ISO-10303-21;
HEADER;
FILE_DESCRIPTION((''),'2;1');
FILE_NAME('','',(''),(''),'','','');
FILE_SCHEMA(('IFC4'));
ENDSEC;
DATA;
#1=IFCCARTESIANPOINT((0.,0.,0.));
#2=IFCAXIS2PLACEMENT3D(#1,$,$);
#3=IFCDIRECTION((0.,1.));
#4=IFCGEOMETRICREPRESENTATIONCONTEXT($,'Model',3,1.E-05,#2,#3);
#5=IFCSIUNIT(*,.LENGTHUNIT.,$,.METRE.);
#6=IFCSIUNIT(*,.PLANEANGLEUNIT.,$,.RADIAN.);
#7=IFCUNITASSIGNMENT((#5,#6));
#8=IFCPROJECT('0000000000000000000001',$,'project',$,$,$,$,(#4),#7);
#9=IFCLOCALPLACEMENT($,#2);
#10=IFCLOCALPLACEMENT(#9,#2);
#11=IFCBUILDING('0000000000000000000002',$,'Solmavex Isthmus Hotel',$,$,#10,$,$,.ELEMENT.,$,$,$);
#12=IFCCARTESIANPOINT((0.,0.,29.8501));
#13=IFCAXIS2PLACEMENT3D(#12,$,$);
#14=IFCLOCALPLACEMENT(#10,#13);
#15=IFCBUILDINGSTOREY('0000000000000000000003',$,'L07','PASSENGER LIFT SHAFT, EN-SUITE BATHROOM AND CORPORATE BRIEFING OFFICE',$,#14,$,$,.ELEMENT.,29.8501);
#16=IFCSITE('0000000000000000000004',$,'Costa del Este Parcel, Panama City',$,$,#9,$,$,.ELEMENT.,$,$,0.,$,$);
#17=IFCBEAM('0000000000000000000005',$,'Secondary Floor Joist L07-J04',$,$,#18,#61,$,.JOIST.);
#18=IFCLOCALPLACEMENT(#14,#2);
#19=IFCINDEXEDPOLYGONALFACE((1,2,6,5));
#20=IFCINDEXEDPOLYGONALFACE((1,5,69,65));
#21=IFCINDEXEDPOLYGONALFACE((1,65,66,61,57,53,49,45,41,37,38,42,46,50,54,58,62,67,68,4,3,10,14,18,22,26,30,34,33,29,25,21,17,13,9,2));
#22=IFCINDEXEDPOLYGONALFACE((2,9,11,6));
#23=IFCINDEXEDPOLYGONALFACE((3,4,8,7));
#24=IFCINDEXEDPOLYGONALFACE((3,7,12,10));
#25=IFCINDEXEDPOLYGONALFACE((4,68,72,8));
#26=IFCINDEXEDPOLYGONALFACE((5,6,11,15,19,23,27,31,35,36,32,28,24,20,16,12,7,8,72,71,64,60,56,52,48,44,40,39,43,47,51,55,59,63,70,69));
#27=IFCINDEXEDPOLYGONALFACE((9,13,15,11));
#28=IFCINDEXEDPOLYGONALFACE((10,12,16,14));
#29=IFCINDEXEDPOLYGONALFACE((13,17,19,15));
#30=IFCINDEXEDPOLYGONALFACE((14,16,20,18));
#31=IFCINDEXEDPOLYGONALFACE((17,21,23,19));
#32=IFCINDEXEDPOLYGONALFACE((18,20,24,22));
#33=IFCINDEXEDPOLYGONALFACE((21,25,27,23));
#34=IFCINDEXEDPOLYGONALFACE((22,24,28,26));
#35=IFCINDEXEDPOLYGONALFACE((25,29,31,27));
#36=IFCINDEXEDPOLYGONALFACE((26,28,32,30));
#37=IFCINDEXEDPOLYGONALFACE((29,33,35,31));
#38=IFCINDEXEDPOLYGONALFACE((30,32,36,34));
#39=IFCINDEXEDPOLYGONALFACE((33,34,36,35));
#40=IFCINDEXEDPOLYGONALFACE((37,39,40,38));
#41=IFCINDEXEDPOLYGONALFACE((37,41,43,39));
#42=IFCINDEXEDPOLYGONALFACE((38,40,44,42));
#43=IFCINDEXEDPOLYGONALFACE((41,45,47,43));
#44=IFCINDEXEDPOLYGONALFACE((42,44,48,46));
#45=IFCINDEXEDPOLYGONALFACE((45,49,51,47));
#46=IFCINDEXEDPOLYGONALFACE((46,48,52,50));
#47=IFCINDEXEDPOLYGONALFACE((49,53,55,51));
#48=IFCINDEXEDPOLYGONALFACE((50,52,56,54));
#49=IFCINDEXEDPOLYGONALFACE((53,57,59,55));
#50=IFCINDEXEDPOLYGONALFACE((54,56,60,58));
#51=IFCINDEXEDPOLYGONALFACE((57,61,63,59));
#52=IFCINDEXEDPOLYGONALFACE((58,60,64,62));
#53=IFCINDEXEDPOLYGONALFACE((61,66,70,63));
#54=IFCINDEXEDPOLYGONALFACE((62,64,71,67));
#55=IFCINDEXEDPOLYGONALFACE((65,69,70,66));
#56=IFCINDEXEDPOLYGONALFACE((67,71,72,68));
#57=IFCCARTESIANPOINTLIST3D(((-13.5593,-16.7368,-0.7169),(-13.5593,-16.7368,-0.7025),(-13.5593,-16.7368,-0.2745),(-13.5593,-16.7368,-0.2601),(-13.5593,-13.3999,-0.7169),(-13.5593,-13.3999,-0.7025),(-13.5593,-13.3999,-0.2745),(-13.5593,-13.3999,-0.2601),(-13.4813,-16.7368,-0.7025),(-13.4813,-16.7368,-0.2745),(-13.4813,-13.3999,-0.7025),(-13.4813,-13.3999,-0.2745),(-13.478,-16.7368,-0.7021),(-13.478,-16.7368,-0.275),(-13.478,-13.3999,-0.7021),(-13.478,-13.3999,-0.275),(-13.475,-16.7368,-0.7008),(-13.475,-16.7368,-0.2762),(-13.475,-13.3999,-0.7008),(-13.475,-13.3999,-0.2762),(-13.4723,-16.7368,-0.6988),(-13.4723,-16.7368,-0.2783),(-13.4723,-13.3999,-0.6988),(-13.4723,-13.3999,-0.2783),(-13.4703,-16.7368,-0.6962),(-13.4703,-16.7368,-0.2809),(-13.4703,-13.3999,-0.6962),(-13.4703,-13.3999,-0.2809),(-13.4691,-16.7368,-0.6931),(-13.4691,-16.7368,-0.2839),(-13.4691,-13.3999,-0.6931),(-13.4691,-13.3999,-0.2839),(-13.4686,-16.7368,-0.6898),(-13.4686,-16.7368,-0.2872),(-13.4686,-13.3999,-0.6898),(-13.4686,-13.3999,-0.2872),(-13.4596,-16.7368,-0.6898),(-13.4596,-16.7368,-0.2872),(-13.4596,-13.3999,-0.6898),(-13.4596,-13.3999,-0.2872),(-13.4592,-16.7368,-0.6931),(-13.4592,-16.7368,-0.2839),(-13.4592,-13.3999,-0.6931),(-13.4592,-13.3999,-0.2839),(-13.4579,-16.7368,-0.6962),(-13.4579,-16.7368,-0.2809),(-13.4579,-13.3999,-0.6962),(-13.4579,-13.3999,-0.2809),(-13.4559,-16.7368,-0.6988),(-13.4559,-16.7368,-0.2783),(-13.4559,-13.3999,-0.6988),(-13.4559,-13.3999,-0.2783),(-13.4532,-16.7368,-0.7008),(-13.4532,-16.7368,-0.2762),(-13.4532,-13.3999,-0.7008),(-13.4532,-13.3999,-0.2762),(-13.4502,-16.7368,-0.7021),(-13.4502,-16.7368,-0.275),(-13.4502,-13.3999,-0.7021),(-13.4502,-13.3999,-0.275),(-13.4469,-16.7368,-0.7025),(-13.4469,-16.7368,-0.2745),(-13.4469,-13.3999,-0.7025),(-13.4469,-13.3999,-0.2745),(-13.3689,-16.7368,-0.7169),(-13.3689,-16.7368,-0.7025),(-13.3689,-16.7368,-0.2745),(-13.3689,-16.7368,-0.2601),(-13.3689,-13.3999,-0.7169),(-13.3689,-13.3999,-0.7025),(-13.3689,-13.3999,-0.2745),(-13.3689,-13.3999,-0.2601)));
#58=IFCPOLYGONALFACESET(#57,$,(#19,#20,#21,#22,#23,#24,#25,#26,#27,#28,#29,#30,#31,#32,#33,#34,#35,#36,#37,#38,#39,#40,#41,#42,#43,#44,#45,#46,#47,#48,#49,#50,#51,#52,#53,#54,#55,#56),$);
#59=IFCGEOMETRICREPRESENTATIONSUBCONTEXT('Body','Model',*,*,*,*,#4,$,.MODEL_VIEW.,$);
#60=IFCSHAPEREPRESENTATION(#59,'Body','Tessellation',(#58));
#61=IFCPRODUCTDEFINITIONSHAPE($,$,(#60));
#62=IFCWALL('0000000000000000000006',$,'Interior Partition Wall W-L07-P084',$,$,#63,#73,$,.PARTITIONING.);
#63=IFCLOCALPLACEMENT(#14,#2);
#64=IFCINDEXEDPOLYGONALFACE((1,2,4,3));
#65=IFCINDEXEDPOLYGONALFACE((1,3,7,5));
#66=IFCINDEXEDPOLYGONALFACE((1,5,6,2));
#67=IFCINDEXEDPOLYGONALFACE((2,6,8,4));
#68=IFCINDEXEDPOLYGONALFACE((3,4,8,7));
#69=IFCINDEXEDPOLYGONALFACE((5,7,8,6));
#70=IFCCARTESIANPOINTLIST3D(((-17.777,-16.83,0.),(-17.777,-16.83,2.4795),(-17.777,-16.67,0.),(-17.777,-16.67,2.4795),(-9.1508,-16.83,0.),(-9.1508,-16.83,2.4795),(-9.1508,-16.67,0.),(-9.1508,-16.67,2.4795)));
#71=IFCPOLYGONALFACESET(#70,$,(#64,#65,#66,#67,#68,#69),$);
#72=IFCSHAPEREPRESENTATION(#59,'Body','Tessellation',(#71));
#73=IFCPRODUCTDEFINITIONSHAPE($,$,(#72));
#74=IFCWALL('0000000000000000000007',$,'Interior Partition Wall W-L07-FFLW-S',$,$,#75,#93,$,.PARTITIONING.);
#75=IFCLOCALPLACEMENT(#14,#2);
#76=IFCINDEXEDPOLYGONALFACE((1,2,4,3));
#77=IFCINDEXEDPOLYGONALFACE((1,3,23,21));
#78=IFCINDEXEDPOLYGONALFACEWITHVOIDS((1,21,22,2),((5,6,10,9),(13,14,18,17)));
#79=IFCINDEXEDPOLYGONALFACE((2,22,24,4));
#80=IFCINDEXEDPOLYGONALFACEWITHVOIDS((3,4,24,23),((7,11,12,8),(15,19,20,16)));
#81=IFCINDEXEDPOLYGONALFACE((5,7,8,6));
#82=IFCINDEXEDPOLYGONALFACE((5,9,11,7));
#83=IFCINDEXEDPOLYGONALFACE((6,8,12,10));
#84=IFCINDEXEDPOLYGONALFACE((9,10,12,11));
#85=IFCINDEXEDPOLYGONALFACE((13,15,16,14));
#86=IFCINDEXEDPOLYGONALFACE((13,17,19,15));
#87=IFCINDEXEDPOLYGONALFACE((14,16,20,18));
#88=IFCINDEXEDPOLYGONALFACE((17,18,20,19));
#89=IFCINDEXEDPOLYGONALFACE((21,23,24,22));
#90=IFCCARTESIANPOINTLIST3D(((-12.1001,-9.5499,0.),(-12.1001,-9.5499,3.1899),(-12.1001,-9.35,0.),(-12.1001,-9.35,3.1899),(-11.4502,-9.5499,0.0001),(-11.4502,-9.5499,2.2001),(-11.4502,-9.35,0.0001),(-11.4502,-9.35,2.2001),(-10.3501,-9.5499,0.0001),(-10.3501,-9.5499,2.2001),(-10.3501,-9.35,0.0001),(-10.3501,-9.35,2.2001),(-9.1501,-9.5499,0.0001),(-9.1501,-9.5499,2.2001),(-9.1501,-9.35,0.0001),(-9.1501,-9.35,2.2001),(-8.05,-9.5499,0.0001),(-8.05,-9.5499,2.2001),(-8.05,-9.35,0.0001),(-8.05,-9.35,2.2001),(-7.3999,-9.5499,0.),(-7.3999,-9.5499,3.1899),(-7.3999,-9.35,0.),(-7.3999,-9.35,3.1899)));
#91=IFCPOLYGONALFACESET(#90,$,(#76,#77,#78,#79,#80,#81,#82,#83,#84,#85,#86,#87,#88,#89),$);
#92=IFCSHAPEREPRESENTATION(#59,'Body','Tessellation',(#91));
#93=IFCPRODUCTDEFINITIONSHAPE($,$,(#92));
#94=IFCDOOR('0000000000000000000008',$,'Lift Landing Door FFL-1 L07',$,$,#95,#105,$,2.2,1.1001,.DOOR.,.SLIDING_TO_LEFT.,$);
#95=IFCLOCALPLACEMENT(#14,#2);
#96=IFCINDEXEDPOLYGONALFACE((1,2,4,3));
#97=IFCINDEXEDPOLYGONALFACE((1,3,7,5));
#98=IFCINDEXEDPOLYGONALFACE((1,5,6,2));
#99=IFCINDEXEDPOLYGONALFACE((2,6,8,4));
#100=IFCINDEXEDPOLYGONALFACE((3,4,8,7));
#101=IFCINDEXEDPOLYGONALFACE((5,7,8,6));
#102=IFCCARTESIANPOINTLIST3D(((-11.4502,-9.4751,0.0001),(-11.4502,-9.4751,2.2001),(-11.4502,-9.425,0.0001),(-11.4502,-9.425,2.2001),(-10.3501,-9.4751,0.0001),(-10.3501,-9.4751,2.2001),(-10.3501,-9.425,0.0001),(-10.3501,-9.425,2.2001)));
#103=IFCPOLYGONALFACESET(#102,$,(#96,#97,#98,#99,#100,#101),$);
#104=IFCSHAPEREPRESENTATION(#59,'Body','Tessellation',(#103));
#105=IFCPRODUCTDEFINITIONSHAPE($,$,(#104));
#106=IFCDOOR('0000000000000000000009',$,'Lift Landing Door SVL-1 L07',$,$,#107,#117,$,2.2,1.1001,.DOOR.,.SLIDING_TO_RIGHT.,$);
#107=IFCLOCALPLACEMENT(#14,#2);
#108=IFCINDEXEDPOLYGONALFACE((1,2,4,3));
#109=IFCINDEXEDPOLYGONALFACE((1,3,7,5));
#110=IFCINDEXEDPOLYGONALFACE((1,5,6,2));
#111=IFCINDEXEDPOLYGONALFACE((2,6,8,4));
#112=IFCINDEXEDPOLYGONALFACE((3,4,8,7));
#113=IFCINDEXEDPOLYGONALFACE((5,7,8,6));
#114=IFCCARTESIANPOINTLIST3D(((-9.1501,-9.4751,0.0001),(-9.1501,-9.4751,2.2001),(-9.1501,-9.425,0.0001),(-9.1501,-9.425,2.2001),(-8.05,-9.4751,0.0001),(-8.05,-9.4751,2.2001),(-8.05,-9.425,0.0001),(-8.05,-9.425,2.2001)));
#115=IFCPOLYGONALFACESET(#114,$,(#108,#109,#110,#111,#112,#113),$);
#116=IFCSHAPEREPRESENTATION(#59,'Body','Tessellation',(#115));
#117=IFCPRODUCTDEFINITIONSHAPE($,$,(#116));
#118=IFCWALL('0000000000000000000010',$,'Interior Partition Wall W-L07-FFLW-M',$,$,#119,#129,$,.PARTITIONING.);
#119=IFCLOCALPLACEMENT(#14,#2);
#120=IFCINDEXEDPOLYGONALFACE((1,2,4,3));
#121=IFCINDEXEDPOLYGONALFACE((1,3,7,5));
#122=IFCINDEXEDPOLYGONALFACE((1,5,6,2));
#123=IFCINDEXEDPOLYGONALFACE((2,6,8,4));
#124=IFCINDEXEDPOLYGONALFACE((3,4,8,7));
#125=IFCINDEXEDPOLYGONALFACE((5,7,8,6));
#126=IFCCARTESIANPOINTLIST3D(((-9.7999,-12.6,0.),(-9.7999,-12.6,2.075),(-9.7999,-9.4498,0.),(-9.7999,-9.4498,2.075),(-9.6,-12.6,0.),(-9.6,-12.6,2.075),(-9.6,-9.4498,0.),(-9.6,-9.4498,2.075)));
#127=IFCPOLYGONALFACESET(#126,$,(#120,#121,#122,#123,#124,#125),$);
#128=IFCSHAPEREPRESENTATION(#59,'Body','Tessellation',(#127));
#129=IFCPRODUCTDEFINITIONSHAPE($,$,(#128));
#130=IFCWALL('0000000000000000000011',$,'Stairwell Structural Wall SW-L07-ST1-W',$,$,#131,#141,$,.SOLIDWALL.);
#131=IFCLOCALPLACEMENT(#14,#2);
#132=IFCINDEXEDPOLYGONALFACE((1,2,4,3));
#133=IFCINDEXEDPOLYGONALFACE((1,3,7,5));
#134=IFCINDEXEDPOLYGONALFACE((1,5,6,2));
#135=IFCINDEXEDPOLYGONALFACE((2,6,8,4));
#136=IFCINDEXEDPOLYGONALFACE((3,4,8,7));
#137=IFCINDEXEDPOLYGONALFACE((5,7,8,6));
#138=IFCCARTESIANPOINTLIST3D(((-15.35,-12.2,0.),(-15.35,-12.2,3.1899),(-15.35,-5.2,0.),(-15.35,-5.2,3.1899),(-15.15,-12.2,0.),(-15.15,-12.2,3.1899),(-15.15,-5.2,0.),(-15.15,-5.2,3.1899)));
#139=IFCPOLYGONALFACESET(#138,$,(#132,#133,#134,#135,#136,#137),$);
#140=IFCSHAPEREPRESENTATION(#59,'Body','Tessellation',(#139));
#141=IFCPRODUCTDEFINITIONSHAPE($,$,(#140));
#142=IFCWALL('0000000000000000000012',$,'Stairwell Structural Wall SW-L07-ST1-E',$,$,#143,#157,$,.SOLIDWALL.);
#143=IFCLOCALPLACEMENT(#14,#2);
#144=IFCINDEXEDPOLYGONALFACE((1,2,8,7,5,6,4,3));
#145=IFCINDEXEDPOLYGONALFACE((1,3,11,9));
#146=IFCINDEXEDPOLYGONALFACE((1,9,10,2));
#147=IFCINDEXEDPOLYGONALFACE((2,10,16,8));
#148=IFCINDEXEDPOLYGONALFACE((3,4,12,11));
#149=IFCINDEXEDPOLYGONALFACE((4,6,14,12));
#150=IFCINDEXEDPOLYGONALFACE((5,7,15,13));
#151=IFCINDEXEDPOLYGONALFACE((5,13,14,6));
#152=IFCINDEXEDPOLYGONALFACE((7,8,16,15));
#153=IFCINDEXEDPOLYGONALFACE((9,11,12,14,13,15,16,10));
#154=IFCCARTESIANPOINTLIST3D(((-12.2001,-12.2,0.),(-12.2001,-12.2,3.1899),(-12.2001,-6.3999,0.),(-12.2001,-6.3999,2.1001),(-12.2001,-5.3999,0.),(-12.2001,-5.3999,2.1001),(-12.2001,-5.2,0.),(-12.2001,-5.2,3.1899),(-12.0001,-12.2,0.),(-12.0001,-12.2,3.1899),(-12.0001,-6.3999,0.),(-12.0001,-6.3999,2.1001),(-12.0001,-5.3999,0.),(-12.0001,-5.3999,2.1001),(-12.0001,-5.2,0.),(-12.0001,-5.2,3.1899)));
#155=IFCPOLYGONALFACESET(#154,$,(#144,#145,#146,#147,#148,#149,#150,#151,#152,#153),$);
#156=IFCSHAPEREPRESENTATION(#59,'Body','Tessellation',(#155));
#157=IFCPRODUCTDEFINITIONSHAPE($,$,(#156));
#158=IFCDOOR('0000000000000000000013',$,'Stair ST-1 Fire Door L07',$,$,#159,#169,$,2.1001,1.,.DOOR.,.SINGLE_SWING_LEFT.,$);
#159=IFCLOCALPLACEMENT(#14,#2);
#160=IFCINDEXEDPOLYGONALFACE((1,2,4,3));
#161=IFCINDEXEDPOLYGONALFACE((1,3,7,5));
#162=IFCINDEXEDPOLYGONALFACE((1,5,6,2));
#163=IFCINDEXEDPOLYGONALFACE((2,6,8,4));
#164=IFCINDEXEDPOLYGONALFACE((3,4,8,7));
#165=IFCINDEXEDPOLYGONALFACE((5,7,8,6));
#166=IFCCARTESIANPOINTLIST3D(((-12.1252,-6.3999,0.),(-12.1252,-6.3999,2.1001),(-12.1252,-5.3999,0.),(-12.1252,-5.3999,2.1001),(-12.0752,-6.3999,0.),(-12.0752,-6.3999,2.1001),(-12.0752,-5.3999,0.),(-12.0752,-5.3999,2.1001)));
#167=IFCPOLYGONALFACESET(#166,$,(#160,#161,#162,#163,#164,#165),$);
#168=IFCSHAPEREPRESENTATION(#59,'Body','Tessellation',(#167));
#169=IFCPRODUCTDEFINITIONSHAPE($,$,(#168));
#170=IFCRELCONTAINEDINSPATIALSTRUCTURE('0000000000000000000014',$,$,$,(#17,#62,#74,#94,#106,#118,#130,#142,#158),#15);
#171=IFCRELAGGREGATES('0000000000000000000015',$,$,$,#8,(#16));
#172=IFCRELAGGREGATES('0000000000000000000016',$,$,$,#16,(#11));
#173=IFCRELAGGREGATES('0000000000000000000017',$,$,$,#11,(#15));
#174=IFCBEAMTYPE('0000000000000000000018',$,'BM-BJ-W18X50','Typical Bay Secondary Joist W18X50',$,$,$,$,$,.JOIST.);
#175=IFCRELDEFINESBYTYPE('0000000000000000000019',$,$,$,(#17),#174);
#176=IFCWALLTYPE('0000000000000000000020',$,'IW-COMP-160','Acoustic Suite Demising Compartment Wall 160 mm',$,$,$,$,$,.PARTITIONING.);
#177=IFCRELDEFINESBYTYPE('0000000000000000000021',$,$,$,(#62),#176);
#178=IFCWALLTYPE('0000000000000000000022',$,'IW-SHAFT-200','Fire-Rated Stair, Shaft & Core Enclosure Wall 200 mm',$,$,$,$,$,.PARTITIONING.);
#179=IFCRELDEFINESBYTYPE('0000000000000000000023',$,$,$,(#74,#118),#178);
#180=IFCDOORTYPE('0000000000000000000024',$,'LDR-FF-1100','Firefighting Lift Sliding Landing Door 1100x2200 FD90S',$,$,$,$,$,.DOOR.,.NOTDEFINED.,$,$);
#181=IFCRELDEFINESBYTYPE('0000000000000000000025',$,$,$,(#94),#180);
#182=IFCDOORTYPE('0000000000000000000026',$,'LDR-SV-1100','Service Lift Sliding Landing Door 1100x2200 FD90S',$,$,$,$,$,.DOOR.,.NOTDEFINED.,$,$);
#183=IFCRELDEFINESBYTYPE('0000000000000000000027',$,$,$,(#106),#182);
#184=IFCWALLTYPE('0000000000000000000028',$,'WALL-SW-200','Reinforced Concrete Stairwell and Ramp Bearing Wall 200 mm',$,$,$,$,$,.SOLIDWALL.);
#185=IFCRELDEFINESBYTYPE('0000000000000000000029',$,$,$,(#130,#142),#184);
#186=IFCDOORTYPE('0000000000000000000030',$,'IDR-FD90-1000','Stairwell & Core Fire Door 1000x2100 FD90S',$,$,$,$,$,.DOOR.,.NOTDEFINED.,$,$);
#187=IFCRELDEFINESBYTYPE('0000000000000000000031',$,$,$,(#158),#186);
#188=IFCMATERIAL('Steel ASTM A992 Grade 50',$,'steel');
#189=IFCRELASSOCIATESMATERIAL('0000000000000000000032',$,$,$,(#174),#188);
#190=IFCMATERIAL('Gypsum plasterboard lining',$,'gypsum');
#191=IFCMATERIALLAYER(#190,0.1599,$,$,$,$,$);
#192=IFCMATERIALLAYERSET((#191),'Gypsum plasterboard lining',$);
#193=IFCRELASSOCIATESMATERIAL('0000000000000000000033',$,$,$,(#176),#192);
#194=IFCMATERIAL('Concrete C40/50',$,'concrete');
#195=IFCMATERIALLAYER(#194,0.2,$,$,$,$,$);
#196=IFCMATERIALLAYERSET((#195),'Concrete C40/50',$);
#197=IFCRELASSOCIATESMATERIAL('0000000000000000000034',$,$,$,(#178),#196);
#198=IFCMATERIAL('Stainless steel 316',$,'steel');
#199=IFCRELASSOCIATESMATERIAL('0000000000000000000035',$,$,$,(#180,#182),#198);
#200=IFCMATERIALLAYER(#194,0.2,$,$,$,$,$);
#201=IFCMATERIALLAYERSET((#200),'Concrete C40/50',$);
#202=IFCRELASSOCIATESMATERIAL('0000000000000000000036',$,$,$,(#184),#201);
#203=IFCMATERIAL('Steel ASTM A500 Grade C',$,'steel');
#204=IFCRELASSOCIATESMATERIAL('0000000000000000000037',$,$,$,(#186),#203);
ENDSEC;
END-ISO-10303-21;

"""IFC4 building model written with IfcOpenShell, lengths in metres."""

from ifc_helpers import new_model, si_unit, direction, frame, frame_2d, origin, origin_2d, place, context, subcontext, project, spatial, rectangle, i_section, extrude, material, layer, layer_set, material_profile, profile_set, type_object, element, fill, save


model = new_model("IFC4")

# Units and contexts
model_context = context("Model", 3, precision=1e-05, world=origin(), true_north=direction((0.0, 1.0)))
body_context = subcontext(model_context, "Body", "Model", "MODEL_VIEW")
ifc_project = project(units=[si_unit("LENGTHUNIT", "METRE"), si_unit("PLANEANGLEUNIT", "RADIAN")], contexts=[model_context])

# Site, building, storey
site_placement = place(None, origin())
site = spatial("IfcSite", under=ifc_project, at=site_placement, Name="Costa del Este Parcel, Panama City", CompositionType="ELEMENT", RefElevation=0.0)
building_placement = place(site_placement, origin())
building = spatial("IfcBuilding", under=site, at=building_placement, Name="Solmavex Isthmus Hotel", CompositionType="ELEMENT")
storey_placement = place(building_placement, frame((0.0, 0.0, 29.8501)))
storey = spatial("IfcBuildingStorey", under=building, at=storey_placement, Name="L07", Description="PASSENGER LIFT SHAFT, EN-SUITE BATHROOM AND CORPORATE BRIEFING OFFICE", CompositionType="ELEMENT", Elevation=29.8501)

# Beam
ifc_material_1 = material(Name="Steel ASTM A992 Grade 50", Category="steel")
ifc_material_profile = material_profile(ifc_material_1, i_section(OverallWidth=0.1904, OverallDepth=0.4568, WebThickness=0.009, FlangeThickness=0.0144, FilletRadius=0.0127, at=origin_2d()), Name="W18X50")
ifc_profile_set = profile_set([ifc_material_profile], Name="Steel ASTM A992 Grade 50")
beam_type = type_object("IfcBeamType", Name="BM-BJ-W18X50", Description="Typical Bay Secondary Joist W18X50", PredefinedType="JOIST", material=ifc_profile_set)
beam_placement = place(storey_placement, frame((-13.4641, -16.7368, -0.4885), z_axis=(0.0, 1.0, 0.0), x_axis=(-1.0, 0.0, 0.0)))
element("IfcBeam", 1, at=beam_placement, inside=storey, type_object=beam_type, Name="Secondary Floor Joist L07-J04", PredefinedType="JOIST", context=body_context, shape_type="SweptSolid", body=[
    extrude(i_section(OverallWidth=0.1904, OverallDepth=0.4568, WebThickness=0.009, FlangeThickness=0.0144, FilletRadius=0.0127, at=origin_2d()), origin(), (0.0, 0.0, 1.0), 3.3369),
])

# Wall
ifc_material_2 = material(Name="Gypsum plasterboard lining", Category="gypsum")
ifc_layer_1 = layer(ifc_material_2, 0.1599)
ifc_layer_set_1 = layer_set([ifc_layer_1], Name="Gypsum plasterboard lining")
wall_type_1 = type_object("IfcWallType", Name="IW-COMP-160", Description="Acoustic Suite Demising Compartment Wall 160 mm", PredefinedType="PARTITIONING", material=ifc_layer_set_1)
wall_1_placement = place(storey_placement, frame((-9.1509, -16.75, 0.0), z_axis=(0.0, 0.0, 1.0), x_axis=(-1.0, 0.0, 0.0)))
element("IfcWall", 2, at=wall_1_placement, inside=storey, type_object=wall_type_1, Name="Interior Partition Wall W-L07-P084", PredefinedType="PARTITIONING", context=body_context, shape_type="SweptSolid", body=[
    extrude(rectangle(XDim=8.6262, YDim=0.1599, at=frame_2d((4.313, 0.0))), origin(), (0.0, 0.0, 1.0), 2.4795),
])

# Wall, openings, doors
ifc_material_3 = material(Name="Concrete C40/50", Category="concrete")
ifc_layer_2 = layer(ifc_material_3, 0.2)
ifc_layer_set_2 = layer_set([ifc_layer_2], Name="Concrete C40/50")
wall_type_2 = type_object("IfcWallType", Name="IW-SHAFT-200", Description="Fire-Rated Stair, Shaft & Core Enclosure Wall 200 mm", PredefinedType="PARTITIONING", material=ifc_layer_set_2)
wall_2_placement = place(storey_placement, frame((-12.1001, -9.45, 0.0), z_axis=(0.0, 0.0, 1.0), x_axis=(1.0, 0.0, 0.0)))
wall_2 = element("IfcWall", 3, at=wall_2_placement, inside=storey, type_object=wall_type_2, Name="Interior Partition Wall W-L07-FFLW-S", PredefinedType="PARTITIONING", context=body_context, shape_type="SweptSolid", body=[
    extrude(rectangle(XDim=4.7002, YDim=0.2, at=frame_2d((2.3501, 0.0))), origin(), (0.0, 0.0, 1.0), 3.1899),
])
opening_1_placement = place(wall_2_placement, frame((0.6499, 0.0, 0.0)))
opening_1 = element("IfcOpeningElement", 4, at=opening_1_placement, cuts=wall_2, PredefinedType="OPENING", context=body_context, shape_type="SweptSolid", body=[
    extrude(rectangle(XDim=1.1001, YDim=2.2, at=frame_2d((0.55, 1.1001))), frame((0.0, 0.1099, 0.0), z_axis=(0.0, -1.0, 0.0), x_axis=(1.0, 0.0, 0.0)), (0.0, 0.0, 1.0), 0.22),
])
opening_2_placement = place(wall_2_placement, frame((2.95, 0.0, 0.0)))
opening_2 = element("IfcOpeningElement", 5, at=opening_2_placement, cuts=wall_2, PredefinedType="OPENING", context=body_context, shape_type="SweptSolid", body=[
    extrude(rectangle(XDim=1.1001, YDim=2.2, at=frame_2d((0.55, 1.1001))), frame((0.0, 0.1099, 0.0), z_axis=(0.0, -1.0, 0.0), x_axis=(1.0, 0.0, 0.0)), (0.0, 0.0, 1.0), 0.22),
])
ifc_material_4 = material(Name="Stainless steel 316", Category="steel")
door_type_1 = type_object("IfcDoorType", Name="LDR-FF-1100", Description="Firefighting Lift Sliding Landing Door 1100x2200 FD90S", OperationType="NOTDEFINED", PredefinedType="DOOR", material=ifc_material_4)
door_1_placement = place(opening_1_placement, origin())
door_1 = element("IfcDoor", 6, at=door_1_placement, inside=storey, type_object=door_type_1, Name="Lift Landing Door FFL-1 L07", OperationType="SLIDING_TO_LEFT", OverallHeight=2.2, OverallWidth=1.1001, PredefinedType="DOOR", context=body_context, shape_type="SweptSolid", body=[
    extrude(rectangle(XDim=1.1001, YDim=2.2, at=frame_2d((0.55, 1.1001))), frame((0.0, 0.0249, 0.0), z_axis=(0.0, -1.0, 0.0), x_axis=(1.0, 0.0, 0.0)), (0.0, 0.0, 1.0), 0.05),
])
fill(opening_1, door_1)
door_type_2 = type_object("IfcDoorType", Name="LDR-SV-1100", Description="Service Lift Sliding Landing Door 1100x2200 FD90S", OperationType="NOTDEFINED", PredefinedType="DOOR", material=ifc_material_4)
door_2_placement = place(opening_2_placement, origin())
door_2 = element("IfcDoor", 7, at=door_2_placement, inside=storey, type_object=door_type_2, Name="Lift Landing Door SVL-1 L07", OperationType="SLIDING_TO_RIGHT", OverallHeight=2.2, OverallWidth=1.1001, PredefinedType="DOOR", context=body_context, shape_type="SweptSolid", body=[
    extrude(rectangle(XDim=1.1001, YDim=2.2, at=frame_2d((0.55, 1.1001))), frame((0.0, 0.0249, 0.0), z_axis=(0.0, -1.0, 0.0), x_axis=(1.0, 0.0, 0.0)), (0.0, 0.0, 1.0), 0.05),
])
fill(opening_2, door_2)

# Walls
wall_3_placement = place(storey_placement, frame((-9.7, -12.6001, 0.0), z_axis=(0.0, 0.0, 1.0), x_axis=(0.0, 1.0, 0.0)))
element("IfcWall", 8, at=wall_3_placement, inside=storey, type_object=wall_type_2, Name="Interior Partition Wall W-L07-FFLW-M", PredefinedType="PARTITIONING", context=body_context, shape_type="SweptSolid", body=[
    extrude(rectangle(XDim=3.1501, YDim=0.2, at=frame_2d((1.5752, 0.0))), origin(), (0.0, 0.0, 1.0), 2.075),
])
ifc_layer_3 = layer(ifc_material_3, 0.2)
ifc_layer_set_3 = layer_set([ifc_layer_3], Name="Concrete C40/50")
wall_type_3 = type_object("IfcWallType", Name="WALL-SW-200", Description="Reinforced Concrete Stairwell and Ramp Bearing Wall 200 mm", PredefinedType="SOLIDWALL", material=ifc_layer_set_3)
wall_4_placement = place(storey_placement, frame((-15.25, -12.2, 0.0), z_axis=(0.0, 0.0, 1.0), x_axis=(0.0, 1.0, 0.0)))
element("IfcWall", 9, at=wall_4_placement, inside=storey, type_object=wall_type_3, Name="Stairwell Structural Wall SW-L07-ST1-W", PredefinedType="SOLIDWALL", context=body_context, shape_type="SweptSolid", body=[
    extrude(rectangle(XDim=7.0, YDim=0.2, at=frame_2d((3.5, 0.0))), origin(), (0.0, 0.0, 1.0), 3.1899),
])

# Wall, opening, door
wall_5_placement = place(storey_placement, frame((-12.1001, -12.2, 0.0), z_axis=(0.0, 0.0, 1.0), x_axis=(0.0, 1.0, 0.0)))
wall_5 = element("IfcWall", 10, at=wall_5_placement, inside=storey, type_object=wall_type_3, Name="Stairwell Structural Wall SW-L07-ST1-E", PredefinedType="SOLIDWALL", context=body_context, shape_type="SweptSolid", body=[
    extrude(rectangle(XDim=7.0, YDim=0.2, at=frame_2d((3.5, 0.0))), origin(), (0.0, 0.0, 1.0), 3.1899),
])
opening_3_placement = place(wall_5_placement, frame((5.8, 0.0, 0.0)))
opening_3 = element("IfcOpeningElement", 11, at=opening_3_placement, cuts=wall_5, PredefinedType="OPENING", context=body_context, shape_type="SweptSolid", body=[
    extrude(rectangle(XDim=1.0, YDim=2.1001, at=frame_2d((0.5, 1.05))), frame((0.0, 0.1099, 0.0), z_axis=(0.0, -1.0, 0.0), x_axis=(1.0, 0.0, 0.0)), (0.0, 0.0, 1.0), 0.22),
])
ifc_material_5 = material(Name="Steel ASTM A500 Grade C", Category="steel")
door_type_3 = type_object("IfcDoorType", Name="IDR-FD90-1000", Description="Stairwell & Core Fire Door 1000x2100 FD90S", OperationType="NOTDEFINED", PredefinedType="DOOR", material=ifc_material_5)
door_3_placement = place(opening_3_placement, frame((1.0, 0.0, 0.0), z_axis=(0.0, 0.0, 1.0), x_axis=(-1.0, 0.0, 0.0)))
door_3 = element("IfcDoor", 12, at=door_3_placement, inside=storey, type_object=door_type_3, Name="Stair ST-1 Fire Door L07", OperationType="SINGLE_SWING_LEFT", OverallHeight=2.1001, OverallWidth=1.0, PredefinedType="DOOR", context=body_context, shape_type="SweptSolid", body=[
    extrude(rectangle(XDim=1.0, YDim=2.1001, at=frame_2d((0.5, 1.05))), frame((0.0, 0.0249, 0.0), z_axis=(0.0, -1.0, 0.0), x_axis=(1.0, 0.0, 0.0)), (0.0, 0.0, 1.0), 0.05),
])
fill(opening_3, door_3)

save(model, "model.ifc")
